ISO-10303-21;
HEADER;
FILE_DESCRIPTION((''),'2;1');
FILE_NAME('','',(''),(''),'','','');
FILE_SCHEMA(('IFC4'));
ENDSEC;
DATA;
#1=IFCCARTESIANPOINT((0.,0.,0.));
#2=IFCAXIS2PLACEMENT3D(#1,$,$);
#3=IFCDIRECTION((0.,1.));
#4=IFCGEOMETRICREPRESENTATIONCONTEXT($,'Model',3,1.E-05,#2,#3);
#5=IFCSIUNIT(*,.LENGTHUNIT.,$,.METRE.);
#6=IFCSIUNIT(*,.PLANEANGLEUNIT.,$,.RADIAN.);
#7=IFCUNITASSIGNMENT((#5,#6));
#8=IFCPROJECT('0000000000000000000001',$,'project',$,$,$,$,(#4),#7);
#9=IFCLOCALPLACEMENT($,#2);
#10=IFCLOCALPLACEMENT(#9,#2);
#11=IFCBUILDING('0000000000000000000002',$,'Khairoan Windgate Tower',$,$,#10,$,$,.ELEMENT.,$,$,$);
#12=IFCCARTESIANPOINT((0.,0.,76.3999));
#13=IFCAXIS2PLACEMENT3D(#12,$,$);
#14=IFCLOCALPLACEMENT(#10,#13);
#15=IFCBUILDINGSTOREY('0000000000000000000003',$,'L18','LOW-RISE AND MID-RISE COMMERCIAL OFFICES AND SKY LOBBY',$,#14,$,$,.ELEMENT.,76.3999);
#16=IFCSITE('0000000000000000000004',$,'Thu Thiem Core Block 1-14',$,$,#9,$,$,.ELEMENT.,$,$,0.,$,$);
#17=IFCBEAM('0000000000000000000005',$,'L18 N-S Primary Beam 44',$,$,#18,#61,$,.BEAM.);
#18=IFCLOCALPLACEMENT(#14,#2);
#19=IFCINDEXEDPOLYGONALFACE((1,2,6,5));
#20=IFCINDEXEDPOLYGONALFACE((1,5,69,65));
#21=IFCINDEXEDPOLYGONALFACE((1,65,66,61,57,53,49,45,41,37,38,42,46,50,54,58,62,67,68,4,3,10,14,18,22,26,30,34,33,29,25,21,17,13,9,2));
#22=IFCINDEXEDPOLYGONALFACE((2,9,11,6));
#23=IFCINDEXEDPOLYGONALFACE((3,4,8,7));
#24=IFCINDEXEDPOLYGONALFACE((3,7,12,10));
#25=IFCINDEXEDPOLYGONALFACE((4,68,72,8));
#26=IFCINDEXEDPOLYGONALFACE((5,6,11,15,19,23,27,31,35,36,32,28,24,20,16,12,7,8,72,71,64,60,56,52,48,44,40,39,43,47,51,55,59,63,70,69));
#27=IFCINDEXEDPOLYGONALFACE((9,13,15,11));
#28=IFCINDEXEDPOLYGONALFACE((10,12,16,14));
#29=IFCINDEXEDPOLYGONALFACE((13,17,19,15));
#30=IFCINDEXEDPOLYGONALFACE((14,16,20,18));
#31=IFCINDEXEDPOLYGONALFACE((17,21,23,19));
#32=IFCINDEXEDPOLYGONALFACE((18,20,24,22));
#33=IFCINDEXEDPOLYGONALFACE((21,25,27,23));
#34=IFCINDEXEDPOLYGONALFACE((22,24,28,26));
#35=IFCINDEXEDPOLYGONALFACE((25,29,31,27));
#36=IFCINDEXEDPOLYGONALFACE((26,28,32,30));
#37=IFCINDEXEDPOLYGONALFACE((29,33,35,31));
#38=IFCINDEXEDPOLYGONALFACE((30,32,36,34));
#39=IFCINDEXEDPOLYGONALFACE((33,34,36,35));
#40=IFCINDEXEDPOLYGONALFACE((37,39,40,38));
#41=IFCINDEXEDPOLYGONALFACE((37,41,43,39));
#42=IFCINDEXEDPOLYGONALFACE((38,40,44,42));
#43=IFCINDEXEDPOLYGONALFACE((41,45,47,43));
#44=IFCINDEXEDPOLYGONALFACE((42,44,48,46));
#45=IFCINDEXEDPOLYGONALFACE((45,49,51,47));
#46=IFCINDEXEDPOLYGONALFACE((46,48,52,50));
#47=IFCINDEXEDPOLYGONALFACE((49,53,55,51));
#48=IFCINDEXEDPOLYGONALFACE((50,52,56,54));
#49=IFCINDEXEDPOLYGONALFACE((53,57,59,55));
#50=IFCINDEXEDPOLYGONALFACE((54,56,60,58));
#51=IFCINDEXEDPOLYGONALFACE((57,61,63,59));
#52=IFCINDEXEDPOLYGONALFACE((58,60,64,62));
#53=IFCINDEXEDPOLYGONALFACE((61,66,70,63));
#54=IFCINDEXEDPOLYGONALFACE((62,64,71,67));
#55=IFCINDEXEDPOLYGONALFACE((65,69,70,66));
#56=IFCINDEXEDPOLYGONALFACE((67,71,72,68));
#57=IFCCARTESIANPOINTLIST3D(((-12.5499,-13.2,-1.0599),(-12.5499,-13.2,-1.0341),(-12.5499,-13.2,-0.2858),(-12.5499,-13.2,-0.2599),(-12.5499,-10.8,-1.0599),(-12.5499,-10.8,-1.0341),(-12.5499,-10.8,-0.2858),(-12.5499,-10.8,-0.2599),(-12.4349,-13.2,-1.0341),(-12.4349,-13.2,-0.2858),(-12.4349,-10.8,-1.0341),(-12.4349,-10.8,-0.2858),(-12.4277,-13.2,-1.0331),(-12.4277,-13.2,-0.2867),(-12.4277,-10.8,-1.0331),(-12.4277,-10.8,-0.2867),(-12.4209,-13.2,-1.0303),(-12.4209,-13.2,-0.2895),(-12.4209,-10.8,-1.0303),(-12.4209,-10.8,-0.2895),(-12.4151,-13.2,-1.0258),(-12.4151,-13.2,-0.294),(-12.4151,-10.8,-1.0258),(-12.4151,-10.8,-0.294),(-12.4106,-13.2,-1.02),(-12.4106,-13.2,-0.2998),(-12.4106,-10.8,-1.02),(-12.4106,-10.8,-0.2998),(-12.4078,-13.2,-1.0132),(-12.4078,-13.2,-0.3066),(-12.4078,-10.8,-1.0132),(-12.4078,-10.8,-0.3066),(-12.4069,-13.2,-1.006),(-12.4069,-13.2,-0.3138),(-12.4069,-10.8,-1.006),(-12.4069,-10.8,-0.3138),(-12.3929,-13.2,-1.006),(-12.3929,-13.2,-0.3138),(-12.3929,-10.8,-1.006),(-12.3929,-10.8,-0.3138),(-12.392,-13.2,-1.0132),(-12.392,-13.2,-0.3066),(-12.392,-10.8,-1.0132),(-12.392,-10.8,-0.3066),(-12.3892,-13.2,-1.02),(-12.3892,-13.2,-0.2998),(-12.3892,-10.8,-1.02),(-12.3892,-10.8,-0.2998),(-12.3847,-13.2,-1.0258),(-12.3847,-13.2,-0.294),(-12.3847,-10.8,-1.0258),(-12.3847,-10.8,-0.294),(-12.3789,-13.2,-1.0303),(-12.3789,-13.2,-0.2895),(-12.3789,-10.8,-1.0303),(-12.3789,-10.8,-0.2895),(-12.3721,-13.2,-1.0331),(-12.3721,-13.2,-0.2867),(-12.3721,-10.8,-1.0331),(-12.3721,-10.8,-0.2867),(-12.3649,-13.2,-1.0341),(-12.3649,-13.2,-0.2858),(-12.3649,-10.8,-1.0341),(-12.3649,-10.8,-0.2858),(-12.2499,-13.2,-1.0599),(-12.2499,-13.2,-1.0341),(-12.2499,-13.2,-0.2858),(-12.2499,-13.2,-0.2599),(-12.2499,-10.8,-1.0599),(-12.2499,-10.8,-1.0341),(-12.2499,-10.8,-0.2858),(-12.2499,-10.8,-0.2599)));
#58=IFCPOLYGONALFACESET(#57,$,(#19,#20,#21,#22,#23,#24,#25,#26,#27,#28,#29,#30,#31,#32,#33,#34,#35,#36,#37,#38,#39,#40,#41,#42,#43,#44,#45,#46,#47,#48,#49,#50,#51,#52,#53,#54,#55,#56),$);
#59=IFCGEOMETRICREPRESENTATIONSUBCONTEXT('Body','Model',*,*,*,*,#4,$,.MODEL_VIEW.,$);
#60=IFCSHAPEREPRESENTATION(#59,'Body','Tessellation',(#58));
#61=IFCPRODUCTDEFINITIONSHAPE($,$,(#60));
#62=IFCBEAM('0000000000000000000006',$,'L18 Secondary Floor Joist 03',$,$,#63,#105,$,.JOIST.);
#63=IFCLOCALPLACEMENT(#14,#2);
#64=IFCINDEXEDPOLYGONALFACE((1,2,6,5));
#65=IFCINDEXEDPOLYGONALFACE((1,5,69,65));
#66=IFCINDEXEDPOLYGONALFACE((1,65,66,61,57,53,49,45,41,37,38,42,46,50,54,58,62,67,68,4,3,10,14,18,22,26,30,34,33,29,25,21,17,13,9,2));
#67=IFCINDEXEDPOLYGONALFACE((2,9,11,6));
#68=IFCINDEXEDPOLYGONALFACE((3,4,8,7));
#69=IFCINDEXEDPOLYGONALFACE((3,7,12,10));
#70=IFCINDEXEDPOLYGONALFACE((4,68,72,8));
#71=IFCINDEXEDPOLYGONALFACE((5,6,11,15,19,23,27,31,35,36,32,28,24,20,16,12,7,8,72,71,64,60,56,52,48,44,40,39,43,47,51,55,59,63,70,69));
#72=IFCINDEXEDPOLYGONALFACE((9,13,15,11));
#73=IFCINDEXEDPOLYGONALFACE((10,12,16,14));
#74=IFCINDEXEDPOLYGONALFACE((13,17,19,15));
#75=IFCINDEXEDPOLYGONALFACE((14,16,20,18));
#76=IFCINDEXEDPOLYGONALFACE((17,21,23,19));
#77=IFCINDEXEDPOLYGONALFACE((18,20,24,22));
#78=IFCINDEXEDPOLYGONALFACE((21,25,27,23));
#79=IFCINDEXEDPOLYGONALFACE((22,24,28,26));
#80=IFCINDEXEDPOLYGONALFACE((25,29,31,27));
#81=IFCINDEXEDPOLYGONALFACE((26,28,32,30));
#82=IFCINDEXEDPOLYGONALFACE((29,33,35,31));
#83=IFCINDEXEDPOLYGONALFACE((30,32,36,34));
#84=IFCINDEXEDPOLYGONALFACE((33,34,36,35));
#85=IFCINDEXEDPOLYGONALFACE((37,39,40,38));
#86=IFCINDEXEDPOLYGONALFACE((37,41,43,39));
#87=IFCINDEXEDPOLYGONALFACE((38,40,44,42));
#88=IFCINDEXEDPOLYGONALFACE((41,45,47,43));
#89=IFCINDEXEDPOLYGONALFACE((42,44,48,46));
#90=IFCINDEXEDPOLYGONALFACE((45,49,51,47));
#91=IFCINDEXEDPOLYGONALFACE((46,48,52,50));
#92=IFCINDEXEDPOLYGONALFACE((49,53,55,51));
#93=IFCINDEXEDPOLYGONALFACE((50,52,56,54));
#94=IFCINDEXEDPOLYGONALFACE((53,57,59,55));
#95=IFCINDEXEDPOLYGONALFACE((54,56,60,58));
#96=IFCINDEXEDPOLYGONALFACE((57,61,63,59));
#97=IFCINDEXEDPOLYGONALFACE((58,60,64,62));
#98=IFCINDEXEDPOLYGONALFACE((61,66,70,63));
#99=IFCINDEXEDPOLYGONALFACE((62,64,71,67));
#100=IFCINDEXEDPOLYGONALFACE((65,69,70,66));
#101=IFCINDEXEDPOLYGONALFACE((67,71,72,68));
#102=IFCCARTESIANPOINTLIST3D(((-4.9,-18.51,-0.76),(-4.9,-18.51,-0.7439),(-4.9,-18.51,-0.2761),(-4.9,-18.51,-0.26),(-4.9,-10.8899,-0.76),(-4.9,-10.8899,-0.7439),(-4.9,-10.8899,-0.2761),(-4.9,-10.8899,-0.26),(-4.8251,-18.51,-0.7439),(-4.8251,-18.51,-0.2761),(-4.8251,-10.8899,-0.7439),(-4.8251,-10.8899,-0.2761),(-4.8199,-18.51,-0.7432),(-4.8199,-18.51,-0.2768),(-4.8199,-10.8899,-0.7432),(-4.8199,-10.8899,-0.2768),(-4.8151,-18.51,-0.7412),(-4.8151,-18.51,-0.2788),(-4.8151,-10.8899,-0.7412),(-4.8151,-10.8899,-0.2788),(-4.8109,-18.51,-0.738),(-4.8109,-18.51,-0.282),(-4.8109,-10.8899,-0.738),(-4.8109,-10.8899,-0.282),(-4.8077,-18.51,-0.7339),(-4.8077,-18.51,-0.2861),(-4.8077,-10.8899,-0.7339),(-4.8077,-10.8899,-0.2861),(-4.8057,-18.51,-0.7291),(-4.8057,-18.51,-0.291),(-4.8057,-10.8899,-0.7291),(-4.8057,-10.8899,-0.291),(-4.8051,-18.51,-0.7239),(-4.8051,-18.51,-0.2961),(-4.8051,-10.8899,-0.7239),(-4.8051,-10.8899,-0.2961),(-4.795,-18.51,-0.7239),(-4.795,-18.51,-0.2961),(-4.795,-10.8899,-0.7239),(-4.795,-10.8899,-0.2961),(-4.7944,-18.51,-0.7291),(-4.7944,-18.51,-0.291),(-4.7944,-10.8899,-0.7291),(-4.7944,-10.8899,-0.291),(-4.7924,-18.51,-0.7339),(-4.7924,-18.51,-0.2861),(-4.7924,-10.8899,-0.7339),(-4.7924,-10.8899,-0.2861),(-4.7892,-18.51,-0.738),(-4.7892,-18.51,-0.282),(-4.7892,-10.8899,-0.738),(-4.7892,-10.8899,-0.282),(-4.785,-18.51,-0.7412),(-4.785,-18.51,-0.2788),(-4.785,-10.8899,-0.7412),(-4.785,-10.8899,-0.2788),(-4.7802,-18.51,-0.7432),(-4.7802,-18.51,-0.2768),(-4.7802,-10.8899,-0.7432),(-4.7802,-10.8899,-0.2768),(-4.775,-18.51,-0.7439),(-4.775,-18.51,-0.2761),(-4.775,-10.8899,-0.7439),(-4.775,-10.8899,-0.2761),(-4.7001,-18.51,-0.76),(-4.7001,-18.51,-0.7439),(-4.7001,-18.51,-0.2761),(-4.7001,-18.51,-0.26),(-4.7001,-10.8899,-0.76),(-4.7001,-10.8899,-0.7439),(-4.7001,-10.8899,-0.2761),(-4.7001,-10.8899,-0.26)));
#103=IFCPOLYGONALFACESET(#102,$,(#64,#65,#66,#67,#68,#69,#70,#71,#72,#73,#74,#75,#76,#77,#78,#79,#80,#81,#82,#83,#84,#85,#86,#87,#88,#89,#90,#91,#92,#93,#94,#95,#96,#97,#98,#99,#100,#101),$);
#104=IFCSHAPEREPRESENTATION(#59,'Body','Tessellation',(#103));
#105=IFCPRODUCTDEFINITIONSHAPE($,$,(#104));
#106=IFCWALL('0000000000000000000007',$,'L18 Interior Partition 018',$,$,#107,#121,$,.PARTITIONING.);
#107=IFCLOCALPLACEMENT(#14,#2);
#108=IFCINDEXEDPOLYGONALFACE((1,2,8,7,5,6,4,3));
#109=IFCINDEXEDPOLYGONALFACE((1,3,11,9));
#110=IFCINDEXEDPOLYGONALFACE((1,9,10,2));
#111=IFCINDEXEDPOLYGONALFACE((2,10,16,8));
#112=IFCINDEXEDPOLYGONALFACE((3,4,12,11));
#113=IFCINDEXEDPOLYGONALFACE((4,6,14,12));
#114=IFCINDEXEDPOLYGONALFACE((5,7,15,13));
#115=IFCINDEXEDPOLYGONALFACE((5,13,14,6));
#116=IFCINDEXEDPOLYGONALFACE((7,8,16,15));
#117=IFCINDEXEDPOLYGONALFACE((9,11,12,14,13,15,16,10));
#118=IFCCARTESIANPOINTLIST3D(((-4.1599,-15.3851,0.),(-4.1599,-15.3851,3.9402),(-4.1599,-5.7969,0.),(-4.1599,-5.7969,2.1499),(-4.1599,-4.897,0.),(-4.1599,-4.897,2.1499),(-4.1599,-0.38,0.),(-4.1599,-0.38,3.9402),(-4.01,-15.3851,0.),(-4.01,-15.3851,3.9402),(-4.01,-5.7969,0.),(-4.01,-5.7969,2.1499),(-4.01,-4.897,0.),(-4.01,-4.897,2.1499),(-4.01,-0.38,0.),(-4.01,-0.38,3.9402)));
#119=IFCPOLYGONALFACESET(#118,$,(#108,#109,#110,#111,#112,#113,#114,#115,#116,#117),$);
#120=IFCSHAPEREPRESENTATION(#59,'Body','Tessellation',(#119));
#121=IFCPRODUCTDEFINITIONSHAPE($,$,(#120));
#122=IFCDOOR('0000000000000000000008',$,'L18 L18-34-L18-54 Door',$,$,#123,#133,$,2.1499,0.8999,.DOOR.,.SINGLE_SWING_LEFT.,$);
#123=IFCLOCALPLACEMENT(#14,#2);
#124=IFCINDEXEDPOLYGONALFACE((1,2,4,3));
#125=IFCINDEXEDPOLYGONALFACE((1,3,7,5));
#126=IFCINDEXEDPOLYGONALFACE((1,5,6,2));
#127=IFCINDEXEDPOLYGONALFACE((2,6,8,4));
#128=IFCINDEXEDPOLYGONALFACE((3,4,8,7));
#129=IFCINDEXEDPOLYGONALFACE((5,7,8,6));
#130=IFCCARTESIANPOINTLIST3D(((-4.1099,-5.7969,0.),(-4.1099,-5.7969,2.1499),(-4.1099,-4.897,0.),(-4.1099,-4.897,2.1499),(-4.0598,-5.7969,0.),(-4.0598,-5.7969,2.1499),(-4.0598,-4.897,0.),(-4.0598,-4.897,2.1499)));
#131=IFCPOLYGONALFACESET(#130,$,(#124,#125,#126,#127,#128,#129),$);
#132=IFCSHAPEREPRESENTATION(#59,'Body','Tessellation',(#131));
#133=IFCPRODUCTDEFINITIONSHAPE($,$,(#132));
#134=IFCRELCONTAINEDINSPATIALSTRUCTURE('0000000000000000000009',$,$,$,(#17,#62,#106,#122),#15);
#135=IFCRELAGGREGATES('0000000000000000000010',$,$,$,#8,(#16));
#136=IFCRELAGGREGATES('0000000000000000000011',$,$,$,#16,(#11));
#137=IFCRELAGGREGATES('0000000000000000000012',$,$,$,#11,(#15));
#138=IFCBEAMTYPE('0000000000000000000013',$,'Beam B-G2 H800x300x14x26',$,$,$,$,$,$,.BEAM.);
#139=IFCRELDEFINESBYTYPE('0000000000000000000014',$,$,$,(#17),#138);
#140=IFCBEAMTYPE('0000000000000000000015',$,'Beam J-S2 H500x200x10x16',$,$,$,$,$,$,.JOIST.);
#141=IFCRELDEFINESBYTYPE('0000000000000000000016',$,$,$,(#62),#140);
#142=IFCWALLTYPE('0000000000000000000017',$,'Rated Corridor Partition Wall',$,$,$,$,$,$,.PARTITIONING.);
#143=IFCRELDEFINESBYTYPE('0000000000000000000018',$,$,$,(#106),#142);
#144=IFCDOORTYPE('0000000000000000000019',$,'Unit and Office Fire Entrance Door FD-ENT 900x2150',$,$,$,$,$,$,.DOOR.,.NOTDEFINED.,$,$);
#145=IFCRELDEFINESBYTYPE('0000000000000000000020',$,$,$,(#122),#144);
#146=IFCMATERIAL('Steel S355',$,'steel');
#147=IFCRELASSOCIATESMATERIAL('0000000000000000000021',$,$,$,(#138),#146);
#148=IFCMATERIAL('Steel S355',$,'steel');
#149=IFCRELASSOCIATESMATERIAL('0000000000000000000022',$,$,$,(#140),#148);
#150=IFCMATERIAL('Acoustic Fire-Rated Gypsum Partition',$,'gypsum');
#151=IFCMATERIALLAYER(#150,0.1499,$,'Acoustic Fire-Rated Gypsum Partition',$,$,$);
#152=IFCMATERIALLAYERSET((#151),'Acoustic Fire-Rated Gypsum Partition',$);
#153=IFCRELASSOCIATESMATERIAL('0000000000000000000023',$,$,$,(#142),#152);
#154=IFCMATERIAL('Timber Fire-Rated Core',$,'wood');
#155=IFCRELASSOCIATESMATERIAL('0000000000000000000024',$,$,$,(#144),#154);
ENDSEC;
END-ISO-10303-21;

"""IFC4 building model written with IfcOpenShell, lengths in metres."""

from ifc_helpers import new_model, si_unit, direction, frame, frame_2d, origin, origin_2d, place, context, subcontext, project, spatial, rectangle, i_section, extrude, material, layer, layer_set, material_profile, profile_set, type_object, element, fill, save


model = new_model("IFC4")

# Units and contexts
model_context = context("Model", 3, precision=1e-05, world=origin(), true_north=direction((0.0, 1.0)))
body_context = subcontext(model_context, "Body", "Model", "MODEL_VIEW")
ifc_project = project(units=[si_unit("LENGTHUNIT", "METRE"), si_unit("PLANEANGLEUNIT", "RADIAN")], contexts=[model_context])

# Site, building, storey
site_placement = place(None, origin())
site = spatial("IfcSite", under=ifc_project, at=site_placement, Name="Thu Thiem Core Block 1-14", CompositionType="ELEMENT", RefElevation=0.0)
building_placement = place(site_placement, origin())
building = spatial("IfcBuilding", under=site, at=building_placement, Name="Khairoan Windgate Tower", CompositionType="ELEMENT")
storey_placement = place(building_placement, frame((0.0, 0.0, 76.3999)))
storey = spatial("IfcBuildingStorey", under=building, at=storey_placement, Name="L18", Description="LOW-RISE AND MID-RISE COMMERCIAL OFFICES AND SKY LOBBY", CompositionType="ELEMENT", Elevation=76.3999)

# Beams
ifc_material_1 = material(Name="Steel S355", Category="steel")
ifc_material_profile_1 = material_profile(ifc_material_1, i_section(OverallWidth=0.3, OverallDepth=0.8, WebThickness=0.0139, FlangeThickness=0.0259, FilletRadius=0.0281, at=origin_2d()))
ifc_profile_set_1 = profile_set([ifc_material_profile_1], Name="Steel S355")
beam_type_1 = type_object("IfcBeamType", Name="Beam B-G2 H800x300x14x26", PredefinedType="BEAM", material=ifc_profile_set_1)
beam_1_placement = place(storey_placement, frame((-12.3999, -13.2, -0.6599), z_axis=(0.0, 1.0, 0.0), x_axis=(-1.0, 0.0, 0.0)))
element("IfcBeam", 1, at=beam_1_placement, inside=storey, type_object=beam_type_1, Name="L18 N-S Primary Beam 44", PredefinedType="BEAM", context=body_context, shape_type="SweptSolid", body=[
    extrude(i_section(OverallWidth=0.3, OverallDepth=0.8, WebThickness=0.0139, FlangeThickness=0.0259, FilletRadius=0.0281, at=origin_2d()), origin(), (0.0, 0.0, 1.0), 2.3999),
])
ifc_material_2 = material(Name="Steel S355", Category="steel")
ifc_material_profile_2 = material_profile(ifc_material_2, i_section(OverallWidth=0.2, OverallDepth=0.5, WebThickness=0.01, FlangeThickness=0.0161, FilletRadius=0.02, at=origin_2d()))
ifc_profile_set_2 = profile_set([ifc_material_profile_2], Name="Steel S355")
beam_type_2 = type_object("IfcBeamType", Name="Beam J-S2 H500x200x10x16", PredefinedType="JOIST", material=ifc_profile_set_2)
beam_2_placement = place(storey_placement, frame((-4.8, -18.51, -0.51), z_axis=(0.0, 1.0, 0.0), x_axis=(-1.0, 0.0, 0.0)))
element("IfcBeam", 2, at=beam_2_placement, inside=storey, type_object=beam_type_2, Name="L18 Secondary Floor Joist 03", PredefinedType="JOIST", context=body_context, shape_type="SweptSolid", body=[
    extrude(i_section(OverallWidth=0.2, OverallDepth=0.5, WebThickness=0.01, FlangeThickness=0.0161, FilletRadius=0.02, at=origin_2d()), origin(), (0.0, 0.0, 1.0), 7.6201),
])

# Wall, opening, door
ifc_material_3 = material(Name="Acoustic Fire-Rated Gypsum Partition", Category="gypsum")
ifc_layer_1 = layer(ifc_material_3, 0.1499, Name="Acoustic Fire-Rated Gypsum Partition")
ifc_layer_set_1 = layer_set([ifc_layer_1], Name="Acoustic Fire-Rated Gypsum Partition")
wall_type_1 = type_object("IfcWallType", Name="Rated Corridor Partition Wall", PredefinedType="PARTITIONING", material=ifc_layer_set_1)
ifc_material_4 = material(Name="Timber Fire-Rated Core", Category="wood")
door_type_1 = type_object("IfcDoorType", Name="Unit and Office Fire Entrance Door FD-ENT 900x2150", OperationType="NOTDEFINED", PredefinedType="DOOR", material=ifc_material_4)
wall_1_placement = place(storey_placement, frame((-4.085, -15.385, 0.0), z_axis=(0.0, 0.0, 1.0), x_axis=(0.0, 1.0, 0.0)))
wall_1 = element("IfcWall", 3, at=wall_1_placement, inside=storey, type_object=wall_type_1, Name="L18 Interior Partition 018", PredefinedType="PARTITIONING", context=body_context, shape_type="SweptSolid", body=[
    extrude(rectangle(XDim=15.0051, YDim=0.1499, at=frame_2d((7.5024, 0.0))), origin(), (0.0, 0.0, 1.0), 3.9402),
])
opening_1_placement = place(wall_1_placement, frame((9.5881, 0.0, 0.0)))
opening_1 = element("IfcOpeningElement", 4, at=opening_1_placement, cuts=wall_1, PredefinedType="OPENING", context=body_context, shape_type="SweptSolid", body=[
    extrude(rectangle(XDim=0.8999, YDim=2.1499, at=frame_2d((0.45, 1.075))), frame((0.0, 0.085, 0.0), z_axis=(0.0, -1.0, 0.0), x_axis=(1.0, 0.0, 0.0)), (0.0, 0.0, 1.0), 0.1699),
])
door_1_placement = place(opening_1_placement, origin())
door_1 = element("IfcDoor", 5, at=door_1_placement, inside=storey, type_object=door_type_1, Name="L18 L18-34-L18-54 Door", OperationType="SINGLE_SWING_LEFT", OverallHeight=2.1499, OverallWidth=0.8999, PredefinedType="DOOR", context=body_context, shape_type="SweptSolid", body=[
    extrude(rectangle(XDim=0.8999, YDim=2.1499, at=frame_2d((0.45, 1.075))), frame((0.0, 0.0249, 0.0), z_axis=(0.0, -1.0, 0.0), x_axis=(1.0, 0.0, 0.0)), (0.0, 0.0, 1.0), 0.05),
])
fill(opening_1, door_1)

save(model, "model.ifc")
